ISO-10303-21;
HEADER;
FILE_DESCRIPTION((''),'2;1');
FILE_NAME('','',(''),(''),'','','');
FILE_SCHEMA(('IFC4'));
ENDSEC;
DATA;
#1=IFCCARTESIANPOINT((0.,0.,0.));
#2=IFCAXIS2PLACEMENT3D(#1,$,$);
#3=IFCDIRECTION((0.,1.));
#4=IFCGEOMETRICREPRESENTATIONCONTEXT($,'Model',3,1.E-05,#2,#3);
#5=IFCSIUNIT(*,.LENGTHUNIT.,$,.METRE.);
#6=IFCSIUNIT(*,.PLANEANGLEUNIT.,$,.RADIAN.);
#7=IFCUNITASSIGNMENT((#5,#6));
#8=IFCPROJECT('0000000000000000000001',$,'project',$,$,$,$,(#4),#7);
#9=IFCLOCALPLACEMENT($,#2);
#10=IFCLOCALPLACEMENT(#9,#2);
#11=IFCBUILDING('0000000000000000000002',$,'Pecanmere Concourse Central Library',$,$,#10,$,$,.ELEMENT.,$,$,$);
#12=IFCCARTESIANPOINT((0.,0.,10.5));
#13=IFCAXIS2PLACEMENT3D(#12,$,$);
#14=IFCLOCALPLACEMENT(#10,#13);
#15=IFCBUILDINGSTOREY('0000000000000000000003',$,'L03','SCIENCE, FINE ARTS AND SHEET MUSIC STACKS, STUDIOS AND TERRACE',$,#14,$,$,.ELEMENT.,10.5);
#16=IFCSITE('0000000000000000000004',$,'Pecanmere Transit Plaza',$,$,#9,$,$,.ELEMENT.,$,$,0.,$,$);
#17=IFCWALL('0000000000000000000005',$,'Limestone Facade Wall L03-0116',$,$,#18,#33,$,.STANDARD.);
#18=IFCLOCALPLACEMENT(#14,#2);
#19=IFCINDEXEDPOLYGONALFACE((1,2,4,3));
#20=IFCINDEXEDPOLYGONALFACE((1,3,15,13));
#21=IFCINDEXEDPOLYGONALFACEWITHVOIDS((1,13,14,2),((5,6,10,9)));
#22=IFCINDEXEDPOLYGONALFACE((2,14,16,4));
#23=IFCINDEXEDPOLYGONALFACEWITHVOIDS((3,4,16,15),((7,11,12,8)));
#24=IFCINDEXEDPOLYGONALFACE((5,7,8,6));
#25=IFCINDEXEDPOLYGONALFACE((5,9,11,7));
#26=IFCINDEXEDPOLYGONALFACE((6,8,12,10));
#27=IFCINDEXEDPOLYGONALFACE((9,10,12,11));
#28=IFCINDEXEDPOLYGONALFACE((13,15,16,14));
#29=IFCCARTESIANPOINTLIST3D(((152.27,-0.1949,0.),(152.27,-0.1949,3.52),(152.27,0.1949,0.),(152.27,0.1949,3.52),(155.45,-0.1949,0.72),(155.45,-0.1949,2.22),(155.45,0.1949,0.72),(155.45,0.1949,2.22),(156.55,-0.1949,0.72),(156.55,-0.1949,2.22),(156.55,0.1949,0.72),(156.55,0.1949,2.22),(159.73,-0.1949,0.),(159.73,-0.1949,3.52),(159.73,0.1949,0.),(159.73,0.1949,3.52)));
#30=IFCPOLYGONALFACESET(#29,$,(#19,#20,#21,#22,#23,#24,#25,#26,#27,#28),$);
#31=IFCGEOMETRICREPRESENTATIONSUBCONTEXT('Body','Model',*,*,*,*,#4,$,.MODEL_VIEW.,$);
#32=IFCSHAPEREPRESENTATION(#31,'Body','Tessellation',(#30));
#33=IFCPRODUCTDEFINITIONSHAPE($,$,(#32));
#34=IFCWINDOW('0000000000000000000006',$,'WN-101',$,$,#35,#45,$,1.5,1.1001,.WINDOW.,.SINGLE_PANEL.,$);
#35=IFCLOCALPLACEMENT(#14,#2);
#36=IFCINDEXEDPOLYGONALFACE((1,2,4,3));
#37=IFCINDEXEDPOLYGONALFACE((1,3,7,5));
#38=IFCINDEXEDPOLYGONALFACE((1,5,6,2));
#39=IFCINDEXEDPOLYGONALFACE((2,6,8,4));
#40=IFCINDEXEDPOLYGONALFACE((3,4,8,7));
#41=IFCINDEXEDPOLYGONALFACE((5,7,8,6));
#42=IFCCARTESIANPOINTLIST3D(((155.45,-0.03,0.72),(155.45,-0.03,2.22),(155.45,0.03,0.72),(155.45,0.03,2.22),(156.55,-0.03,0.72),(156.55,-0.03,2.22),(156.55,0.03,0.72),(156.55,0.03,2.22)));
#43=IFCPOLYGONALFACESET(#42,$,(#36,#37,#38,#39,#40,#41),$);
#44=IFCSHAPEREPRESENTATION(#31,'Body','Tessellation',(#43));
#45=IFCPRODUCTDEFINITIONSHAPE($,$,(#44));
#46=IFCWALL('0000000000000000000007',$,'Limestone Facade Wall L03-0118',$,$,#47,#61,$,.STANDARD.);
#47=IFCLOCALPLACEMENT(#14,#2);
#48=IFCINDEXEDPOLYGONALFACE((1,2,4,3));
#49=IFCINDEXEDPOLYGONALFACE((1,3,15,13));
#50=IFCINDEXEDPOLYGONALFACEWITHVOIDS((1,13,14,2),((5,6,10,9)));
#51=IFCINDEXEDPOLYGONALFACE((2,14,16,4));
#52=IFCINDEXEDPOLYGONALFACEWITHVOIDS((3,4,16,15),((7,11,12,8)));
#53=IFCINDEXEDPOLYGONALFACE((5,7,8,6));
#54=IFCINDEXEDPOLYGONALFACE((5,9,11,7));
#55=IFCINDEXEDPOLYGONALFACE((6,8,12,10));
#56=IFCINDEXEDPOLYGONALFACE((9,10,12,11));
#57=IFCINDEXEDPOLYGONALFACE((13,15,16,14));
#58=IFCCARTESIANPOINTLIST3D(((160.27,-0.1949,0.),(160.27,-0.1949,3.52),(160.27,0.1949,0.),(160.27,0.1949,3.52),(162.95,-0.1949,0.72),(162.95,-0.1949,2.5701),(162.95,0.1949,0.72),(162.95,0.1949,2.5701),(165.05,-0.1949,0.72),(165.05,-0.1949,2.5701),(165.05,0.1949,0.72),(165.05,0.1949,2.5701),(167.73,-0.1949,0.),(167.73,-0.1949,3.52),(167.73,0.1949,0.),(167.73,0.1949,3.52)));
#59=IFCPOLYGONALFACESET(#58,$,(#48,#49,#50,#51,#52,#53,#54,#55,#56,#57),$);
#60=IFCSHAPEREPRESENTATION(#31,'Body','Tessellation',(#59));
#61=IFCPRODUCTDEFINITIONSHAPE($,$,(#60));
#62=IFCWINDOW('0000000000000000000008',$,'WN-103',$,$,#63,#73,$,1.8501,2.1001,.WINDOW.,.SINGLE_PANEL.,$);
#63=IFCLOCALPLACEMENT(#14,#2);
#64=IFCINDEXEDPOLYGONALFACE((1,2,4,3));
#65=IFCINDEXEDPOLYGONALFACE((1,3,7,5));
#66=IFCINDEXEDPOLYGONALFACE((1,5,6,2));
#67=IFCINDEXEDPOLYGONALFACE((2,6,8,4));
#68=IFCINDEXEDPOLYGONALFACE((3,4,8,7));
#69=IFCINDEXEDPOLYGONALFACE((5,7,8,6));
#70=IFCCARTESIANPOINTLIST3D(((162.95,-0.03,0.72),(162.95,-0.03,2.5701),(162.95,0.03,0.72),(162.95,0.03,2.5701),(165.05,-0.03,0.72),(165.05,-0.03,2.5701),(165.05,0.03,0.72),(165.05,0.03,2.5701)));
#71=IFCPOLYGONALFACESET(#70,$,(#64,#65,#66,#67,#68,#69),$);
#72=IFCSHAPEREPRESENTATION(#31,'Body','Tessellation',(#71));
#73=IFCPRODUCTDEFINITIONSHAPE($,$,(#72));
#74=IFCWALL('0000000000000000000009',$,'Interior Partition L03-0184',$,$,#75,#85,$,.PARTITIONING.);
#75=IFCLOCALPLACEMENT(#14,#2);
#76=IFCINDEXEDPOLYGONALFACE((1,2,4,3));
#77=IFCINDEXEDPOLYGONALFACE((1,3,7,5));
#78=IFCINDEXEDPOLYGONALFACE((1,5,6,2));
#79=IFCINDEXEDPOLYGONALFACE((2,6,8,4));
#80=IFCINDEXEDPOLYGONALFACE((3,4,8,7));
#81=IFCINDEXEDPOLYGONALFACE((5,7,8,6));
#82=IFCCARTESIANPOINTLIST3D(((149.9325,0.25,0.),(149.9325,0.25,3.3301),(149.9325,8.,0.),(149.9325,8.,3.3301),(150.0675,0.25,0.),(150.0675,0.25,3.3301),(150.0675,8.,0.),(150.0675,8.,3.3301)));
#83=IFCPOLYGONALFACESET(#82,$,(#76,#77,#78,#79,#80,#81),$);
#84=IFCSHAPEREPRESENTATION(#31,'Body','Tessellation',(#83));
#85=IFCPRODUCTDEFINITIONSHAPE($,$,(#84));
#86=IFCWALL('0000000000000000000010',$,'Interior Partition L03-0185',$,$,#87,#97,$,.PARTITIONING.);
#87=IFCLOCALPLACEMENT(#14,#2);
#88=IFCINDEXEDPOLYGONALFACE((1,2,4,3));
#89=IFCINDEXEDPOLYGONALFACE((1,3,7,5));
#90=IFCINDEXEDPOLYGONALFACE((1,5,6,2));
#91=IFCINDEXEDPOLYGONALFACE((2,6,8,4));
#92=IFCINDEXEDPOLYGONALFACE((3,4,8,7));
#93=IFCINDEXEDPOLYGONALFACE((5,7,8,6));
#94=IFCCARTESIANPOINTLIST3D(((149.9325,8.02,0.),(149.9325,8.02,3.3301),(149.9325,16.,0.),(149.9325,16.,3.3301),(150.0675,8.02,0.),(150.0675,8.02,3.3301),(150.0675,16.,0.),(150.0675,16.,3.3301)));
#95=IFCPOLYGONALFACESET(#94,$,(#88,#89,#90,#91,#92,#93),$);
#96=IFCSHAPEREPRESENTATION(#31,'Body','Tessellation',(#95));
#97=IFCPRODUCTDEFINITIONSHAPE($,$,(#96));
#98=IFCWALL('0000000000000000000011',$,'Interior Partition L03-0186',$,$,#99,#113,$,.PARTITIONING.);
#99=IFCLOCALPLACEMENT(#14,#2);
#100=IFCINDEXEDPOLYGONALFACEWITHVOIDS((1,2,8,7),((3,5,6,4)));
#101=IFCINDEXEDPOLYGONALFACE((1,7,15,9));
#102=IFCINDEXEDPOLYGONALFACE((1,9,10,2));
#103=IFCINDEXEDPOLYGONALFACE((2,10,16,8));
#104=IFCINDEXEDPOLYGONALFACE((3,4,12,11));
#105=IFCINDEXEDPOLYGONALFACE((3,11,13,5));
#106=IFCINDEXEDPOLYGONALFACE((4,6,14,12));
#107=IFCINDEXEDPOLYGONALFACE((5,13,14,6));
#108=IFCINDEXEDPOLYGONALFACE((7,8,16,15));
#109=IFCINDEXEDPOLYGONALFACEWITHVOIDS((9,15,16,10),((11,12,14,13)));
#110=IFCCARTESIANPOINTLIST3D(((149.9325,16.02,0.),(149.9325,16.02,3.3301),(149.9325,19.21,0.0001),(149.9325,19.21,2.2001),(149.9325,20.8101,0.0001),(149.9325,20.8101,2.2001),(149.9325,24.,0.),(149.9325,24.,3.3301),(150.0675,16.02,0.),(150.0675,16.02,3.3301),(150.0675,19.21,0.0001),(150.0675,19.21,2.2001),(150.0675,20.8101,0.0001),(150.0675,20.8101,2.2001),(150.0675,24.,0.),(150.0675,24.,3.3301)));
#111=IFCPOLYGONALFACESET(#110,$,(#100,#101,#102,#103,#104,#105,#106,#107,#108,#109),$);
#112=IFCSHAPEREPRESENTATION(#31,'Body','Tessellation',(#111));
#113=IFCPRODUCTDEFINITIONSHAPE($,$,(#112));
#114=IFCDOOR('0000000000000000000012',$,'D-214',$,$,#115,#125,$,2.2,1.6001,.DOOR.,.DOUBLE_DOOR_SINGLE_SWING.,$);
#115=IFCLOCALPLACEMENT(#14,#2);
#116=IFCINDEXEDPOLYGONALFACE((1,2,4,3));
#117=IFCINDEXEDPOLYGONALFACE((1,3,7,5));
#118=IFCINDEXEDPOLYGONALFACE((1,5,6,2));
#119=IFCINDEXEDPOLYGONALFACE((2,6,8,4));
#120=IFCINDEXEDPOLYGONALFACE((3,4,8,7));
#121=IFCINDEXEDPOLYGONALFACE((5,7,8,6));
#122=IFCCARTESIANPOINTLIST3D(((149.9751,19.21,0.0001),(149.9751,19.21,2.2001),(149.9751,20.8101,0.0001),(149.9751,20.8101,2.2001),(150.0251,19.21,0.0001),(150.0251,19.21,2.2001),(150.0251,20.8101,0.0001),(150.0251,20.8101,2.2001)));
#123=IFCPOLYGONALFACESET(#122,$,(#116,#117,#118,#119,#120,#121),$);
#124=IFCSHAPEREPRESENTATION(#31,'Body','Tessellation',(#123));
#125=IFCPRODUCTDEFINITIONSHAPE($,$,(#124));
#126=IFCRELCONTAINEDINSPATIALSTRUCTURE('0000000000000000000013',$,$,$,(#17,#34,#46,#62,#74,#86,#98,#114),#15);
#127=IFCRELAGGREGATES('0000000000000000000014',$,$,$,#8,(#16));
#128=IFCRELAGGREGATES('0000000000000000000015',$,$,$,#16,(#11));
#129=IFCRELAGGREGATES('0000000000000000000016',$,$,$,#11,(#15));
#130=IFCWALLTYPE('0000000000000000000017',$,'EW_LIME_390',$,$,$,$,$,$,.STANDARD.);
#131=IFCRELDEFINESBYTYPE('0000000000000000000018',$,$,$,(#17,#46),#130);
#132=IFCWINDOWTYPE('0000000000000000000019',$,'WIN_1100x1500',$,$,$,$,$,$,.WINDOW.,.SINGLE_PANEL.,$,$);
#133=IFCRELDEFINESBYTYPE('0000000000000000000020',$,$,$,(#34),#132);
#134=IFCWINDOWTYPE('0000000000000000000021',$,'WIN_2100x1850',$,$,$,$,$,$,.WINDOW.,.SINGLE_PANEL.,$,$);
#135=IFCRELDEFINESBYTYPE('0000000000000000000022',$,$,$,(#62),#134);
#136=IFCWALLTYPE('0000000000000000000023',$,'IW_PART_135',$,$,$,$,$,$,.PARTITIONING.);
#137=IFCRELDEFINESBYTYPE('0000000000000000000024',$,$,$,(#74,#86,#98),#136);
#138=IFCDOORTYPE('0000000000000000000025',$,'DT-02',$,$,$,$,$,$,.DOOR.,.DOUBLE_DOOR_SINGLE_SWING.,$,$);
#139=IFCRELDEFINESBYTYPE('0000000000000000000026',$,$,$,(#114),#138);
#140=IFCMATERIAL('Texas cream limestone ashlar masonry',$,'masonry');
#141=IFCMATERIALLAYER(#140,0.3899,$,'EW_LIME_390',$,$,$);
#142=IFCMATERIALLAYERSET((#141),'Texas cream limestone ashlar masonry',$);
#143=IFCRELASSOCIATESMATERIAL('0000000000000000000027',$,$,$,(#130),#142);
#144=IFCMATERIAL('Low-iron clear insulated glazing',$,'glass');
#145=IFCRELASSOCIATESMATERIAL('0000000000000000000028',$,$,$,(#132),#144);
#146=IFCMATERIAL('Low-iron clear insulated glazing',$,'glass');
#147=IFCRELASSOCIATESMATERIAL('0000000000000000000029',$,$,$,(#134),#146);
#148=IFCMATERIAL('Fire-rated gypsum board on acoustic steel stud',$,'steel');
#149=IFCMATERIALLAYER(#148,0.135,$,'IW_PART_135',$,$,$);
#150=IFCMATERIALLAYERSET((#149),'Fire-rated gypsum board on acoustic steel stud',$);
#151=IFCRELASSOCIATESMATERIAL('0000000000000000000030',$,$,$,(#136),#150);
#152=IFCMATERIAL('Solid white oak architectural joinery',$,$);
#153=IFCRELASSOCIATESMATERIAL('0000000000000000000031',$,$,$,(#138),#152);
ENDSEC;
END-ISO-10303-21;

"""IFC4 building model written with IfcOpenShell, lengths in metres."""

from ifc_helpers import new_model, si_unit, direction, frame, frame_2d, origin, place, context, subcontext, project, spatial, rectangle, extrude, material, layer, layer_set, type_object, element, fill, save


model = new_model("IFC4")

# Units and contexts
model_context = context("Model", 3, precision=1e-05, world=origin(), true_north=direction((0.0, 1.0)))
body_context = subcontext(model_context, "Body", "Model", "MODEL_VIEW")
ifc_project = project(units=[si_unit("LENGTHUNIT", "METRE"), si_unit("PLANEANGLEUNIT", "RADIAN")], contexts=[model_context])

# Site, building, storey
site_placement = place(None, origin())
site = spatial("IfcSite", under=ifc_project, at=site_placement, Name="Pecanmere Transit Plaza", CompositionType="ELEMENT", RefElevation=0.0)
building_placement = place(site_placement, origin())
building = spatial("IfcBuilding", under=site, at=building_placement, Name="Pecanmere Concourse Central Library", CompositionType="ELEMENT")
storey_placement = place(building_placement, frame((0.0, 0.0, 10.5)))
storey = spatial("IfcBuildingStorey", under=building, at=storey_placement, Name="L03", Description="SCIENCE, FINE ARTS AND SHEET MUSIC STACKS, STUDIOS AND TERRACE", CompositionType="ELEMENT", Elevation=10.5)

# Walls, openings, windows
ifc_material_1 = material(Name="Texas cream limestone ashlar masonry", Category="masonry")
ifc_layer_1 = layer(ifc_material_1, 0.3899, Name="EW_LIME_390")
ifc_layer_set_1 = layer_set([ifc_layer_1], Name="Texas cream limestone ashlar masonry")
wall_type_1 = type_object("IfcWallType", Name="EW_LIME_390", PredefinedType="STANDARD", material=ifc_layer_set_1)
wall_1_placement = place(storey_placement, frame((152.27, 0.0, 0.0), z_axis=(0.0, 0.0, 1.0), x_axis=(1.0, 0.0, 0.0)))
wall_1 = element("IfcWall", 1, at=wall_1_placement, inside=storey, type_object=wall_type_1, Name="Limestone Facade Wall L03-0116", PredefinedType="STANDARD", context=body_context, shape_type="SweptSolid", body=[
    extrude(rectangle(XDim=7.46, YDim=0.3899, at=frame_2d((3.73, 0.0))), origin(), (0.0, 0.0, 1.0), 3.52),
])
opening_1_placement = place(wall_1_placement, frame((3.1799, 0.0, 0.72)))
opening_1 = element("IfcOpeningElement", 2, at=opening_1_placement, cuts=wall_1, PredefinedType="OPENING", context=body_context, shape_type="SweptSolid", body=[
    extrude(rectangle(XDim=1.1001, YDim=1.5, at=frame_2d((0.55, 0.75))), frame((0.0, 0.207, 0.0), z_axis=(0.0, -1.0, 0.0), x_axis=(1.0, 0.0, 0.0)), (0.0, 0.0, 1.0), 0.4138),
])
ifc_material_2 = material(Name="Low-iron clear insulated glazing", Category="glass")
window_type_1 = type_object("IfcWindowType", Name="WIN_1100x1500", PartitioningType="SINGLE_PANEL", PredefinedType="WINDOW", material=ifc_material_2)
window_1_placement = place(opening_1_placement, origin())
window_1 = element("IfcWindow", 3, at=window_1_placement, inside=storey, type_object=window_type_1, Name="WN-101", OverallHeight=1.5, OverallWidth=1.1001, PartitioningType="SINGLE_PANEL", PredefinedType="WINDOW", context=body_context, shape_type="SweptSolid", body=[
    extrude(rectangle(XDim=1.1001, YDim=1.5, at=frame_2d((0.55, 0.75))), frame((0.0, 0.03, 0.0), z_axis=(0.0, -1.0, 0.0), x_axis=(1.0, 0.0, 0.0)), (0.0, 0.0, 1.0), 0.0601),
])
fill(opening_1, window_1)
wall_2_placement = place(storey_placement, frame((160.27, 0.0, 0.0), z_axis=(0.0, 0.0, 1.0), x_axis=(1.0, 0.0, 0.0)))
wall_2 = element("IfcWall", 4, at=wall_2_placement, inside=storey, type_object=wall_type_1, Name="Limestone Facade Wall L03-0118", PredefinedType="STANDARD", context=body_context, shape_type="SweptSolid", body=[
    extrude(rectangle(XDim=7.46, YDim=0.3899, at=frame_2d((3.73, 0.0))), origin(), (0.0, 0.0, 1.0), 3.52),
])
opening_2_placement = place(wall_2_placement, frame((2.6799, 0.0, 0.72)))
opening_2 = element("IfcOpeningElement", 5, at=opening_2_placement, cuts=wall_2, PredefinedType="OPENING", context=body_context, shape_type="SweptSolid", body=[
    extrude(rectangle(XDim=2.1001, YDim=1.8501, at=frame_2d((1.05, 0.925))), frame((0.0, 0.207, 0.0), z_axis=(0.0, -1.0, 0.0), x_axis=(1.0, 0.0, 0.0)), (0.0, 0.0, 1.0), 0.4138),
])
ifc_material_3 = material(Name="Low-iron clear insulated glazing", Category="glass")
window_type_2 = type_object("IfcWindowType", Name="WIN_2100x1850", PartitioningType="SINGLE_PANEL", PredefinedType="WINDOW", material=ifc_material_3)
window_2_placement = place(opening_2_placement, origin())
window_2 = element("IfcWindow", 6, at=window_2_placement, inside=storey, type_object=window_type_2, Name="WN-103", OverallHeight=1.8501, OverallWidth=2.1001, PartitioningType="SINGLE_PANEL", PredefinedType="WINDOW", context=body_context, shape_type="SweptSolid", body=[
    extrude(rectangle(XDim=2.1001, YDim=1.8501, at=frame_2d((1.05, 0.925))), frame((0.0, 0.03, 0.0), z_axis=(0.0, -1.0, 0.0), x_axis=(1.0, 0.0, 0.0)), (0.0, 0.0, 1.0), 0.0601),
])
fill(opening_2, window_2)

# Walls
ifc_material_4 = material(Name="Fire-rated gypsum board on acoustic steel stud", Category="steel")
ifc_layer_2 = layer(ifc_material_4, 0.135, Name="IW_PART_135")
ifc_layer_set_2 = layer_set([ifc_layer_2], Name="Fire-rated gypsum board on acoustic steel stud")
wall_type_2 = type_object("IfcWallType", Name="IW_PART_135", PredefinedType="PARTITIONING", material=ifc_layer_set_2)
wall_3_placement = place(storey_placement, frame((150.0, 0.25, 0.0), z_axis=(0.0, 0.0, 1.0), x_axis=(0.0, 1.0, 0.0)))
element("IfcWall", 7, at=wall_3_placement, inside=storey, type_object=wall_type_2, Name="Interior Partition L03-0184", PredefinedType="PARTITIONING", context=body_context, shape_type="SweptSolid", body=[
    extrude(rectangle(XDim=7.75, YDim=0.135, at=frame_2d((3.875, 0.0))), origin(), (0.0, 0.0, 1.0), 3.3301),
])
wall_4_placement = place(storey_placement, frame((150.0, 8.02, 0.0), z_axis=(0.0, 0.0, 1.0), x_axis=(0.0, 1.0, 0.0)))
element("IfcWall", 8, at=wall_4_placement, inside=storey, type_object=wall_type_2, Name="Interior Partition L03-0185", PredefinedType="PARTITIONING", context=body_context, shape_type="SweptSolid", body=[
    extrude(rectangle(XDim=7.98, YDim=0.135, at=frame_2d((3.99, 0.0))), origin(), (0.0, 0.0, 1.0), 3.3301),
])

# Wall, opening, door
wall_5_placement = place(storey_placement, frame((150.0, 16.02, 0.0), z_axis=(0.0, 0.0, 1.0), x_axis=(0.0, 1.0, 0.0)))
wall_5 = element("IfcWall", 9, at=wall_5_placement, inside=storey, type_object=wall_type_2, Name="Interior Partition L03-0186", PredefinedType="PARTITIONING", context=body_context, shape_type="SweptSolid", body=[
    extrude(rectangle(XDim=7.98, YDim=0.135, at=frame_2d((3.99, 0.0))), origin(), (0.0, 0.0, 1.0), 3.3301),
])
opening_3_placement = place(wall_5_placement, frame((3.1899, 0.0, 0.0)))
opening_3 = element("IfcOpeningElement", 10, at=opening_3_placement, cuts=wall_5, PredefinedType="OPENING", context=body_context, shape_type="SweptSolid", body=[
    extrude(rectangle(XDim=1.6001, YDim=2.2, at=frame_2d((0.8, 1.1001))), frame((0.0, 0.0796, 0.0), z_axis=(0.0, -1.0, 0.0), x_axis=(1.0, 0.0, 0.0)), (0.0, 0.0, 1.0), 0.1589),
])
ifc_material_5 = material(Name="Solid white oak architectural joinery")
door_type = type_object("IfcDoorType", Name="DT-02", OperationType="DOUBLE_DOOR_SINGLE_SWING", PredefinedType="DOOR", material=ifc_material_5)
door_placement = place(opening_3_placement, origin())
door = element("IfcDoor", 11, at=door_placement, inside=storey, type_object=door_type, Name="D-214", OperationType="DOUBLE_DOOR_SINGLE_SWING", OverallHeight=2.2, OverallWidth=1.6001, PredefinedType="DOOR", context=body_context, shape_type="SweptSolid", body=[
    extrude(rectangle(XDim=1.6001, YDim=2.2, at=frame_2d((0.8, 1.1001))), frame((0.0, 0.0249, 0.0), z_axis=(0.0, -1.0, 0.0), x_axis=(1.0, 0.0, 0.0)), (0.0, 0.0, 1.0), 0.05),
])
fill(opening_3, door)

save(model, "model.ifc")
